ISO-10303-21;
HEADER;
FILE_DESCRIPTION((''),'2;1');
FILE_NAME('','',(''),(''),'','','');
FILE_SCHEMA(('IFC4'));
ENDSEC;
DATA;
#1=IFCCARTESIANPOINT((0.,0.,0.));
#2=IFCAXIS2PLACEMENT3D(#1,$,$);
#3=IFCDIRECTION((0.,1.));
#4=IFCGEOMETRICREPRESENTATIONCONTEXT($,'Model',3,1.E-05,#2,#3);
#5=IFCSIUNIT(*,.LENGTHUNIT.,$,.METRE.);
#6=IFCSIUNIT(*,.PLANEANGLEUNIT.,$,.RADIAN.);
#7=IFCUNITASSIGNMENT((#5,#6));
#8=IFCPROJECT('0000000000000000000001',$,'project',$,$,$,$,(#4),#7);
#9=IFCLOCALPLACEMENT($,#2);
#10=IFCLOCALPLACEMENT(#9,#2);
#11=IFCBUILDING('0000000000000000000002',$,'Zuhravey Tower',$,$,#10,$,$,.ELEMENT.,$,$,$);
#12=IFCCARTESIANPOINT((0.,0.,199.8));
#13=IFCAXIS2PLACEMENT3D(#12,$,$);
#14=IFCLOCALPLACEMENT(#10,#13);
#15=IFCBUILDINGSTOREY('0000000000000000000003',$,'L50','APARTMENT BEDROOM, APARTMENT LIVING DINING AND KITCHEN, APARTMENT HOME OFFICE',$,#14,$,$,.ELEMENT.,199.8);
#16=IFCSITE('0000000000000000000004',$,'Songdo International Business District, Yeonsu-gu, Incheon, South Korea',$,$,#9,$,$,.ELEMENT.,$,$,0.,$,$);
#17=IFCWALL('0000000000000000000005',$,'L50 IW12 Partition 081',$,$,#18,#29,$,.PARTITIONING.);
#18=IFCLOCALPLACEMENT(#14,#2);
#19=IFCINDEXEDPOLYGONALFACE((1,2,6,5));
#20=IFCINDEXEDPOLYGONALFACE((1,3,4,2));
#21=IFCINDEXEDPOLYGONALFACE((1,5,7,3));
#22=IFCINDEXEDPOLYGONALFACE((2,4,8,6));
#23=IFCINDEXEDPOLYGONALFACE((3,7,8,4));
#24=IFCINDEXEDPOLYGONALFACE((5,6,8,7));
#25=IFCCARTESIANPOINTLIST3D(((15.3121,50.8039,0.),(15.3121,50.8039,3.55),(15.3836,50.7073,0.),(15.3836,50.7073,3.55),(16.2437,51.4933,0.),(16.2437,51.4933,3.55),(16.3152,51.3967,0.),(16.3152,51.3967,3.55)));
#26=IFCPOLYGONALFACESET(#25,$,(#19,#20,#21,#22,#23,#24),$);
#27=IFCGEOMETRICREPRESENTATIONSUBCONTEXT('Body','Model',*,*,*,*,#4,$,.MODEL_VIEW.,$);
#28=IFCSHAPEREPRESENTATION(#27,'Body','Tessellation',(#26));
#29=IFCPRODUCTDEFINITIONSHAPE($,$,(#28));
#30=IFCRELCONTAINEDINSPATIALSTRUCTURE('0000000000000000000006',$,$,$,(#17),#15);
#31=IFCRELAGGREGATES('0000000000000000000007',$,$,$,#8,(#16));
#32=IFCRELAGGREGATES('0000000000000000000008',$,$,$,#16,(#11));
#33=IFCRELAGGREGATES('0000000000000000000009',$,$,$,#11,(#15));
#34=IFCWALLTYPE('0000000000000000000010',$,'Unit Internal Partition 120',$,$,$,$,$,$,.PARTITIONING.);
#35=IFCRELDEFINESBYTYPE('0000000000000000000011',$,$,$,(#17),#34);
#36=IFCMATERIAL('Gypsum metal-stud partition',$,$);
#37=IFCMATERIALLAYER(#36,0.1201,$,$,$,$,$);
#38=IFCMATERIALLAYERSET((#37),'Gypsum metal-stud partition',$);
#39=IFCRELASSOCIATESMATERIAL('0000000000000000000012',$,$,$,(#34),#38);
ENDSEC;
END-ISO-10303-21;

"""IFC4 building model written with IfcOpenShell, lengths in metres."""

from ifc_helpers import new_model, si_unit, direction, frame, frame_2d, origin, place, context, subcontext, project, spatial, rectangle, extrude, material, layer, layer_set, type_object, element, save


model = new_model("IFC4")

# Units and contexts
model_context = context("Model", 3, precision=1e-05, world=origin(), true_north=direction((0.0, 1.0)))
body_context = subcontext(model_context, "Body", "Model", "MODEL_VIEW")
ifc_project = project(units=[si_unit("LENGTHUNIT", "METRE"), si_unit("PLANEANGLEUNIT", "RADIAN")], contexts=[model_context])

# Site, building, storey
site_placement = place(None, origin())
site = spatial("IfcSite", under=ifc_project, at=site_placement, Name="Songdo International Business District, Yeonsu-gu, Incheon, South Korea", CompositionType="ELEMENT", RefElevation=0.0)
building_placement = place(site_placement, origin())
building = spatial("IfcBuilding", under=site, at=building_placement, Name="Zuhravey Tower", CompositionType="ELEMENT")
storey_placement = place(building_placement, frame((0.0, 0.0, 199.8)))
storey = spatial("IfcBuildingStorey", under=building, at=storey_placement, Name="L50", Description="APARTMENT BEDROOM, APARTMENT LIVING DINING AND KITCHEN, APARTMENT HOME OFFICE", CompositionType="ELEMENT", Elevation=199.8)

# Shared definitions
ifc_material_1 = material(Name="Gypsum metal-stud partition")
ifc_layer_1 = layer(ifc_material_1, 0.1201)
ifc_layer_set_1 = layer_set([ifc_layer_1], Name="Gypsum metal-stud partition")
wall_type_1 = type_object("IfcWallType", Name="Unit Internal Partition 120", PredefinedType="PARTITIONING", material=ifc_layer_set_1)

# Wall
wall_1_placement = place(storey_placement, frame((16.2795, 51.4451, 0.0), z_axis=(0.0, 0.0, 1.0), x_axis=(-0.803826, -0.594865, 0.0)))
element("IfcWall", 1, at=wall_1_placement, inside=storey, type_object=wall_type_1, Name="L50 IW12 Partition 081", PredefinedType="PARTITIONING", context=body_context, shape_type="SweptSolid", body=[
    extrude(rectangle(XDim=1.1589, YDim=0.1201, at=frame_2d((0.5796, 0.0))), origin(), (0.0, 0.0, 1.0), 3.55),
])

save(model, "model.ifc")
